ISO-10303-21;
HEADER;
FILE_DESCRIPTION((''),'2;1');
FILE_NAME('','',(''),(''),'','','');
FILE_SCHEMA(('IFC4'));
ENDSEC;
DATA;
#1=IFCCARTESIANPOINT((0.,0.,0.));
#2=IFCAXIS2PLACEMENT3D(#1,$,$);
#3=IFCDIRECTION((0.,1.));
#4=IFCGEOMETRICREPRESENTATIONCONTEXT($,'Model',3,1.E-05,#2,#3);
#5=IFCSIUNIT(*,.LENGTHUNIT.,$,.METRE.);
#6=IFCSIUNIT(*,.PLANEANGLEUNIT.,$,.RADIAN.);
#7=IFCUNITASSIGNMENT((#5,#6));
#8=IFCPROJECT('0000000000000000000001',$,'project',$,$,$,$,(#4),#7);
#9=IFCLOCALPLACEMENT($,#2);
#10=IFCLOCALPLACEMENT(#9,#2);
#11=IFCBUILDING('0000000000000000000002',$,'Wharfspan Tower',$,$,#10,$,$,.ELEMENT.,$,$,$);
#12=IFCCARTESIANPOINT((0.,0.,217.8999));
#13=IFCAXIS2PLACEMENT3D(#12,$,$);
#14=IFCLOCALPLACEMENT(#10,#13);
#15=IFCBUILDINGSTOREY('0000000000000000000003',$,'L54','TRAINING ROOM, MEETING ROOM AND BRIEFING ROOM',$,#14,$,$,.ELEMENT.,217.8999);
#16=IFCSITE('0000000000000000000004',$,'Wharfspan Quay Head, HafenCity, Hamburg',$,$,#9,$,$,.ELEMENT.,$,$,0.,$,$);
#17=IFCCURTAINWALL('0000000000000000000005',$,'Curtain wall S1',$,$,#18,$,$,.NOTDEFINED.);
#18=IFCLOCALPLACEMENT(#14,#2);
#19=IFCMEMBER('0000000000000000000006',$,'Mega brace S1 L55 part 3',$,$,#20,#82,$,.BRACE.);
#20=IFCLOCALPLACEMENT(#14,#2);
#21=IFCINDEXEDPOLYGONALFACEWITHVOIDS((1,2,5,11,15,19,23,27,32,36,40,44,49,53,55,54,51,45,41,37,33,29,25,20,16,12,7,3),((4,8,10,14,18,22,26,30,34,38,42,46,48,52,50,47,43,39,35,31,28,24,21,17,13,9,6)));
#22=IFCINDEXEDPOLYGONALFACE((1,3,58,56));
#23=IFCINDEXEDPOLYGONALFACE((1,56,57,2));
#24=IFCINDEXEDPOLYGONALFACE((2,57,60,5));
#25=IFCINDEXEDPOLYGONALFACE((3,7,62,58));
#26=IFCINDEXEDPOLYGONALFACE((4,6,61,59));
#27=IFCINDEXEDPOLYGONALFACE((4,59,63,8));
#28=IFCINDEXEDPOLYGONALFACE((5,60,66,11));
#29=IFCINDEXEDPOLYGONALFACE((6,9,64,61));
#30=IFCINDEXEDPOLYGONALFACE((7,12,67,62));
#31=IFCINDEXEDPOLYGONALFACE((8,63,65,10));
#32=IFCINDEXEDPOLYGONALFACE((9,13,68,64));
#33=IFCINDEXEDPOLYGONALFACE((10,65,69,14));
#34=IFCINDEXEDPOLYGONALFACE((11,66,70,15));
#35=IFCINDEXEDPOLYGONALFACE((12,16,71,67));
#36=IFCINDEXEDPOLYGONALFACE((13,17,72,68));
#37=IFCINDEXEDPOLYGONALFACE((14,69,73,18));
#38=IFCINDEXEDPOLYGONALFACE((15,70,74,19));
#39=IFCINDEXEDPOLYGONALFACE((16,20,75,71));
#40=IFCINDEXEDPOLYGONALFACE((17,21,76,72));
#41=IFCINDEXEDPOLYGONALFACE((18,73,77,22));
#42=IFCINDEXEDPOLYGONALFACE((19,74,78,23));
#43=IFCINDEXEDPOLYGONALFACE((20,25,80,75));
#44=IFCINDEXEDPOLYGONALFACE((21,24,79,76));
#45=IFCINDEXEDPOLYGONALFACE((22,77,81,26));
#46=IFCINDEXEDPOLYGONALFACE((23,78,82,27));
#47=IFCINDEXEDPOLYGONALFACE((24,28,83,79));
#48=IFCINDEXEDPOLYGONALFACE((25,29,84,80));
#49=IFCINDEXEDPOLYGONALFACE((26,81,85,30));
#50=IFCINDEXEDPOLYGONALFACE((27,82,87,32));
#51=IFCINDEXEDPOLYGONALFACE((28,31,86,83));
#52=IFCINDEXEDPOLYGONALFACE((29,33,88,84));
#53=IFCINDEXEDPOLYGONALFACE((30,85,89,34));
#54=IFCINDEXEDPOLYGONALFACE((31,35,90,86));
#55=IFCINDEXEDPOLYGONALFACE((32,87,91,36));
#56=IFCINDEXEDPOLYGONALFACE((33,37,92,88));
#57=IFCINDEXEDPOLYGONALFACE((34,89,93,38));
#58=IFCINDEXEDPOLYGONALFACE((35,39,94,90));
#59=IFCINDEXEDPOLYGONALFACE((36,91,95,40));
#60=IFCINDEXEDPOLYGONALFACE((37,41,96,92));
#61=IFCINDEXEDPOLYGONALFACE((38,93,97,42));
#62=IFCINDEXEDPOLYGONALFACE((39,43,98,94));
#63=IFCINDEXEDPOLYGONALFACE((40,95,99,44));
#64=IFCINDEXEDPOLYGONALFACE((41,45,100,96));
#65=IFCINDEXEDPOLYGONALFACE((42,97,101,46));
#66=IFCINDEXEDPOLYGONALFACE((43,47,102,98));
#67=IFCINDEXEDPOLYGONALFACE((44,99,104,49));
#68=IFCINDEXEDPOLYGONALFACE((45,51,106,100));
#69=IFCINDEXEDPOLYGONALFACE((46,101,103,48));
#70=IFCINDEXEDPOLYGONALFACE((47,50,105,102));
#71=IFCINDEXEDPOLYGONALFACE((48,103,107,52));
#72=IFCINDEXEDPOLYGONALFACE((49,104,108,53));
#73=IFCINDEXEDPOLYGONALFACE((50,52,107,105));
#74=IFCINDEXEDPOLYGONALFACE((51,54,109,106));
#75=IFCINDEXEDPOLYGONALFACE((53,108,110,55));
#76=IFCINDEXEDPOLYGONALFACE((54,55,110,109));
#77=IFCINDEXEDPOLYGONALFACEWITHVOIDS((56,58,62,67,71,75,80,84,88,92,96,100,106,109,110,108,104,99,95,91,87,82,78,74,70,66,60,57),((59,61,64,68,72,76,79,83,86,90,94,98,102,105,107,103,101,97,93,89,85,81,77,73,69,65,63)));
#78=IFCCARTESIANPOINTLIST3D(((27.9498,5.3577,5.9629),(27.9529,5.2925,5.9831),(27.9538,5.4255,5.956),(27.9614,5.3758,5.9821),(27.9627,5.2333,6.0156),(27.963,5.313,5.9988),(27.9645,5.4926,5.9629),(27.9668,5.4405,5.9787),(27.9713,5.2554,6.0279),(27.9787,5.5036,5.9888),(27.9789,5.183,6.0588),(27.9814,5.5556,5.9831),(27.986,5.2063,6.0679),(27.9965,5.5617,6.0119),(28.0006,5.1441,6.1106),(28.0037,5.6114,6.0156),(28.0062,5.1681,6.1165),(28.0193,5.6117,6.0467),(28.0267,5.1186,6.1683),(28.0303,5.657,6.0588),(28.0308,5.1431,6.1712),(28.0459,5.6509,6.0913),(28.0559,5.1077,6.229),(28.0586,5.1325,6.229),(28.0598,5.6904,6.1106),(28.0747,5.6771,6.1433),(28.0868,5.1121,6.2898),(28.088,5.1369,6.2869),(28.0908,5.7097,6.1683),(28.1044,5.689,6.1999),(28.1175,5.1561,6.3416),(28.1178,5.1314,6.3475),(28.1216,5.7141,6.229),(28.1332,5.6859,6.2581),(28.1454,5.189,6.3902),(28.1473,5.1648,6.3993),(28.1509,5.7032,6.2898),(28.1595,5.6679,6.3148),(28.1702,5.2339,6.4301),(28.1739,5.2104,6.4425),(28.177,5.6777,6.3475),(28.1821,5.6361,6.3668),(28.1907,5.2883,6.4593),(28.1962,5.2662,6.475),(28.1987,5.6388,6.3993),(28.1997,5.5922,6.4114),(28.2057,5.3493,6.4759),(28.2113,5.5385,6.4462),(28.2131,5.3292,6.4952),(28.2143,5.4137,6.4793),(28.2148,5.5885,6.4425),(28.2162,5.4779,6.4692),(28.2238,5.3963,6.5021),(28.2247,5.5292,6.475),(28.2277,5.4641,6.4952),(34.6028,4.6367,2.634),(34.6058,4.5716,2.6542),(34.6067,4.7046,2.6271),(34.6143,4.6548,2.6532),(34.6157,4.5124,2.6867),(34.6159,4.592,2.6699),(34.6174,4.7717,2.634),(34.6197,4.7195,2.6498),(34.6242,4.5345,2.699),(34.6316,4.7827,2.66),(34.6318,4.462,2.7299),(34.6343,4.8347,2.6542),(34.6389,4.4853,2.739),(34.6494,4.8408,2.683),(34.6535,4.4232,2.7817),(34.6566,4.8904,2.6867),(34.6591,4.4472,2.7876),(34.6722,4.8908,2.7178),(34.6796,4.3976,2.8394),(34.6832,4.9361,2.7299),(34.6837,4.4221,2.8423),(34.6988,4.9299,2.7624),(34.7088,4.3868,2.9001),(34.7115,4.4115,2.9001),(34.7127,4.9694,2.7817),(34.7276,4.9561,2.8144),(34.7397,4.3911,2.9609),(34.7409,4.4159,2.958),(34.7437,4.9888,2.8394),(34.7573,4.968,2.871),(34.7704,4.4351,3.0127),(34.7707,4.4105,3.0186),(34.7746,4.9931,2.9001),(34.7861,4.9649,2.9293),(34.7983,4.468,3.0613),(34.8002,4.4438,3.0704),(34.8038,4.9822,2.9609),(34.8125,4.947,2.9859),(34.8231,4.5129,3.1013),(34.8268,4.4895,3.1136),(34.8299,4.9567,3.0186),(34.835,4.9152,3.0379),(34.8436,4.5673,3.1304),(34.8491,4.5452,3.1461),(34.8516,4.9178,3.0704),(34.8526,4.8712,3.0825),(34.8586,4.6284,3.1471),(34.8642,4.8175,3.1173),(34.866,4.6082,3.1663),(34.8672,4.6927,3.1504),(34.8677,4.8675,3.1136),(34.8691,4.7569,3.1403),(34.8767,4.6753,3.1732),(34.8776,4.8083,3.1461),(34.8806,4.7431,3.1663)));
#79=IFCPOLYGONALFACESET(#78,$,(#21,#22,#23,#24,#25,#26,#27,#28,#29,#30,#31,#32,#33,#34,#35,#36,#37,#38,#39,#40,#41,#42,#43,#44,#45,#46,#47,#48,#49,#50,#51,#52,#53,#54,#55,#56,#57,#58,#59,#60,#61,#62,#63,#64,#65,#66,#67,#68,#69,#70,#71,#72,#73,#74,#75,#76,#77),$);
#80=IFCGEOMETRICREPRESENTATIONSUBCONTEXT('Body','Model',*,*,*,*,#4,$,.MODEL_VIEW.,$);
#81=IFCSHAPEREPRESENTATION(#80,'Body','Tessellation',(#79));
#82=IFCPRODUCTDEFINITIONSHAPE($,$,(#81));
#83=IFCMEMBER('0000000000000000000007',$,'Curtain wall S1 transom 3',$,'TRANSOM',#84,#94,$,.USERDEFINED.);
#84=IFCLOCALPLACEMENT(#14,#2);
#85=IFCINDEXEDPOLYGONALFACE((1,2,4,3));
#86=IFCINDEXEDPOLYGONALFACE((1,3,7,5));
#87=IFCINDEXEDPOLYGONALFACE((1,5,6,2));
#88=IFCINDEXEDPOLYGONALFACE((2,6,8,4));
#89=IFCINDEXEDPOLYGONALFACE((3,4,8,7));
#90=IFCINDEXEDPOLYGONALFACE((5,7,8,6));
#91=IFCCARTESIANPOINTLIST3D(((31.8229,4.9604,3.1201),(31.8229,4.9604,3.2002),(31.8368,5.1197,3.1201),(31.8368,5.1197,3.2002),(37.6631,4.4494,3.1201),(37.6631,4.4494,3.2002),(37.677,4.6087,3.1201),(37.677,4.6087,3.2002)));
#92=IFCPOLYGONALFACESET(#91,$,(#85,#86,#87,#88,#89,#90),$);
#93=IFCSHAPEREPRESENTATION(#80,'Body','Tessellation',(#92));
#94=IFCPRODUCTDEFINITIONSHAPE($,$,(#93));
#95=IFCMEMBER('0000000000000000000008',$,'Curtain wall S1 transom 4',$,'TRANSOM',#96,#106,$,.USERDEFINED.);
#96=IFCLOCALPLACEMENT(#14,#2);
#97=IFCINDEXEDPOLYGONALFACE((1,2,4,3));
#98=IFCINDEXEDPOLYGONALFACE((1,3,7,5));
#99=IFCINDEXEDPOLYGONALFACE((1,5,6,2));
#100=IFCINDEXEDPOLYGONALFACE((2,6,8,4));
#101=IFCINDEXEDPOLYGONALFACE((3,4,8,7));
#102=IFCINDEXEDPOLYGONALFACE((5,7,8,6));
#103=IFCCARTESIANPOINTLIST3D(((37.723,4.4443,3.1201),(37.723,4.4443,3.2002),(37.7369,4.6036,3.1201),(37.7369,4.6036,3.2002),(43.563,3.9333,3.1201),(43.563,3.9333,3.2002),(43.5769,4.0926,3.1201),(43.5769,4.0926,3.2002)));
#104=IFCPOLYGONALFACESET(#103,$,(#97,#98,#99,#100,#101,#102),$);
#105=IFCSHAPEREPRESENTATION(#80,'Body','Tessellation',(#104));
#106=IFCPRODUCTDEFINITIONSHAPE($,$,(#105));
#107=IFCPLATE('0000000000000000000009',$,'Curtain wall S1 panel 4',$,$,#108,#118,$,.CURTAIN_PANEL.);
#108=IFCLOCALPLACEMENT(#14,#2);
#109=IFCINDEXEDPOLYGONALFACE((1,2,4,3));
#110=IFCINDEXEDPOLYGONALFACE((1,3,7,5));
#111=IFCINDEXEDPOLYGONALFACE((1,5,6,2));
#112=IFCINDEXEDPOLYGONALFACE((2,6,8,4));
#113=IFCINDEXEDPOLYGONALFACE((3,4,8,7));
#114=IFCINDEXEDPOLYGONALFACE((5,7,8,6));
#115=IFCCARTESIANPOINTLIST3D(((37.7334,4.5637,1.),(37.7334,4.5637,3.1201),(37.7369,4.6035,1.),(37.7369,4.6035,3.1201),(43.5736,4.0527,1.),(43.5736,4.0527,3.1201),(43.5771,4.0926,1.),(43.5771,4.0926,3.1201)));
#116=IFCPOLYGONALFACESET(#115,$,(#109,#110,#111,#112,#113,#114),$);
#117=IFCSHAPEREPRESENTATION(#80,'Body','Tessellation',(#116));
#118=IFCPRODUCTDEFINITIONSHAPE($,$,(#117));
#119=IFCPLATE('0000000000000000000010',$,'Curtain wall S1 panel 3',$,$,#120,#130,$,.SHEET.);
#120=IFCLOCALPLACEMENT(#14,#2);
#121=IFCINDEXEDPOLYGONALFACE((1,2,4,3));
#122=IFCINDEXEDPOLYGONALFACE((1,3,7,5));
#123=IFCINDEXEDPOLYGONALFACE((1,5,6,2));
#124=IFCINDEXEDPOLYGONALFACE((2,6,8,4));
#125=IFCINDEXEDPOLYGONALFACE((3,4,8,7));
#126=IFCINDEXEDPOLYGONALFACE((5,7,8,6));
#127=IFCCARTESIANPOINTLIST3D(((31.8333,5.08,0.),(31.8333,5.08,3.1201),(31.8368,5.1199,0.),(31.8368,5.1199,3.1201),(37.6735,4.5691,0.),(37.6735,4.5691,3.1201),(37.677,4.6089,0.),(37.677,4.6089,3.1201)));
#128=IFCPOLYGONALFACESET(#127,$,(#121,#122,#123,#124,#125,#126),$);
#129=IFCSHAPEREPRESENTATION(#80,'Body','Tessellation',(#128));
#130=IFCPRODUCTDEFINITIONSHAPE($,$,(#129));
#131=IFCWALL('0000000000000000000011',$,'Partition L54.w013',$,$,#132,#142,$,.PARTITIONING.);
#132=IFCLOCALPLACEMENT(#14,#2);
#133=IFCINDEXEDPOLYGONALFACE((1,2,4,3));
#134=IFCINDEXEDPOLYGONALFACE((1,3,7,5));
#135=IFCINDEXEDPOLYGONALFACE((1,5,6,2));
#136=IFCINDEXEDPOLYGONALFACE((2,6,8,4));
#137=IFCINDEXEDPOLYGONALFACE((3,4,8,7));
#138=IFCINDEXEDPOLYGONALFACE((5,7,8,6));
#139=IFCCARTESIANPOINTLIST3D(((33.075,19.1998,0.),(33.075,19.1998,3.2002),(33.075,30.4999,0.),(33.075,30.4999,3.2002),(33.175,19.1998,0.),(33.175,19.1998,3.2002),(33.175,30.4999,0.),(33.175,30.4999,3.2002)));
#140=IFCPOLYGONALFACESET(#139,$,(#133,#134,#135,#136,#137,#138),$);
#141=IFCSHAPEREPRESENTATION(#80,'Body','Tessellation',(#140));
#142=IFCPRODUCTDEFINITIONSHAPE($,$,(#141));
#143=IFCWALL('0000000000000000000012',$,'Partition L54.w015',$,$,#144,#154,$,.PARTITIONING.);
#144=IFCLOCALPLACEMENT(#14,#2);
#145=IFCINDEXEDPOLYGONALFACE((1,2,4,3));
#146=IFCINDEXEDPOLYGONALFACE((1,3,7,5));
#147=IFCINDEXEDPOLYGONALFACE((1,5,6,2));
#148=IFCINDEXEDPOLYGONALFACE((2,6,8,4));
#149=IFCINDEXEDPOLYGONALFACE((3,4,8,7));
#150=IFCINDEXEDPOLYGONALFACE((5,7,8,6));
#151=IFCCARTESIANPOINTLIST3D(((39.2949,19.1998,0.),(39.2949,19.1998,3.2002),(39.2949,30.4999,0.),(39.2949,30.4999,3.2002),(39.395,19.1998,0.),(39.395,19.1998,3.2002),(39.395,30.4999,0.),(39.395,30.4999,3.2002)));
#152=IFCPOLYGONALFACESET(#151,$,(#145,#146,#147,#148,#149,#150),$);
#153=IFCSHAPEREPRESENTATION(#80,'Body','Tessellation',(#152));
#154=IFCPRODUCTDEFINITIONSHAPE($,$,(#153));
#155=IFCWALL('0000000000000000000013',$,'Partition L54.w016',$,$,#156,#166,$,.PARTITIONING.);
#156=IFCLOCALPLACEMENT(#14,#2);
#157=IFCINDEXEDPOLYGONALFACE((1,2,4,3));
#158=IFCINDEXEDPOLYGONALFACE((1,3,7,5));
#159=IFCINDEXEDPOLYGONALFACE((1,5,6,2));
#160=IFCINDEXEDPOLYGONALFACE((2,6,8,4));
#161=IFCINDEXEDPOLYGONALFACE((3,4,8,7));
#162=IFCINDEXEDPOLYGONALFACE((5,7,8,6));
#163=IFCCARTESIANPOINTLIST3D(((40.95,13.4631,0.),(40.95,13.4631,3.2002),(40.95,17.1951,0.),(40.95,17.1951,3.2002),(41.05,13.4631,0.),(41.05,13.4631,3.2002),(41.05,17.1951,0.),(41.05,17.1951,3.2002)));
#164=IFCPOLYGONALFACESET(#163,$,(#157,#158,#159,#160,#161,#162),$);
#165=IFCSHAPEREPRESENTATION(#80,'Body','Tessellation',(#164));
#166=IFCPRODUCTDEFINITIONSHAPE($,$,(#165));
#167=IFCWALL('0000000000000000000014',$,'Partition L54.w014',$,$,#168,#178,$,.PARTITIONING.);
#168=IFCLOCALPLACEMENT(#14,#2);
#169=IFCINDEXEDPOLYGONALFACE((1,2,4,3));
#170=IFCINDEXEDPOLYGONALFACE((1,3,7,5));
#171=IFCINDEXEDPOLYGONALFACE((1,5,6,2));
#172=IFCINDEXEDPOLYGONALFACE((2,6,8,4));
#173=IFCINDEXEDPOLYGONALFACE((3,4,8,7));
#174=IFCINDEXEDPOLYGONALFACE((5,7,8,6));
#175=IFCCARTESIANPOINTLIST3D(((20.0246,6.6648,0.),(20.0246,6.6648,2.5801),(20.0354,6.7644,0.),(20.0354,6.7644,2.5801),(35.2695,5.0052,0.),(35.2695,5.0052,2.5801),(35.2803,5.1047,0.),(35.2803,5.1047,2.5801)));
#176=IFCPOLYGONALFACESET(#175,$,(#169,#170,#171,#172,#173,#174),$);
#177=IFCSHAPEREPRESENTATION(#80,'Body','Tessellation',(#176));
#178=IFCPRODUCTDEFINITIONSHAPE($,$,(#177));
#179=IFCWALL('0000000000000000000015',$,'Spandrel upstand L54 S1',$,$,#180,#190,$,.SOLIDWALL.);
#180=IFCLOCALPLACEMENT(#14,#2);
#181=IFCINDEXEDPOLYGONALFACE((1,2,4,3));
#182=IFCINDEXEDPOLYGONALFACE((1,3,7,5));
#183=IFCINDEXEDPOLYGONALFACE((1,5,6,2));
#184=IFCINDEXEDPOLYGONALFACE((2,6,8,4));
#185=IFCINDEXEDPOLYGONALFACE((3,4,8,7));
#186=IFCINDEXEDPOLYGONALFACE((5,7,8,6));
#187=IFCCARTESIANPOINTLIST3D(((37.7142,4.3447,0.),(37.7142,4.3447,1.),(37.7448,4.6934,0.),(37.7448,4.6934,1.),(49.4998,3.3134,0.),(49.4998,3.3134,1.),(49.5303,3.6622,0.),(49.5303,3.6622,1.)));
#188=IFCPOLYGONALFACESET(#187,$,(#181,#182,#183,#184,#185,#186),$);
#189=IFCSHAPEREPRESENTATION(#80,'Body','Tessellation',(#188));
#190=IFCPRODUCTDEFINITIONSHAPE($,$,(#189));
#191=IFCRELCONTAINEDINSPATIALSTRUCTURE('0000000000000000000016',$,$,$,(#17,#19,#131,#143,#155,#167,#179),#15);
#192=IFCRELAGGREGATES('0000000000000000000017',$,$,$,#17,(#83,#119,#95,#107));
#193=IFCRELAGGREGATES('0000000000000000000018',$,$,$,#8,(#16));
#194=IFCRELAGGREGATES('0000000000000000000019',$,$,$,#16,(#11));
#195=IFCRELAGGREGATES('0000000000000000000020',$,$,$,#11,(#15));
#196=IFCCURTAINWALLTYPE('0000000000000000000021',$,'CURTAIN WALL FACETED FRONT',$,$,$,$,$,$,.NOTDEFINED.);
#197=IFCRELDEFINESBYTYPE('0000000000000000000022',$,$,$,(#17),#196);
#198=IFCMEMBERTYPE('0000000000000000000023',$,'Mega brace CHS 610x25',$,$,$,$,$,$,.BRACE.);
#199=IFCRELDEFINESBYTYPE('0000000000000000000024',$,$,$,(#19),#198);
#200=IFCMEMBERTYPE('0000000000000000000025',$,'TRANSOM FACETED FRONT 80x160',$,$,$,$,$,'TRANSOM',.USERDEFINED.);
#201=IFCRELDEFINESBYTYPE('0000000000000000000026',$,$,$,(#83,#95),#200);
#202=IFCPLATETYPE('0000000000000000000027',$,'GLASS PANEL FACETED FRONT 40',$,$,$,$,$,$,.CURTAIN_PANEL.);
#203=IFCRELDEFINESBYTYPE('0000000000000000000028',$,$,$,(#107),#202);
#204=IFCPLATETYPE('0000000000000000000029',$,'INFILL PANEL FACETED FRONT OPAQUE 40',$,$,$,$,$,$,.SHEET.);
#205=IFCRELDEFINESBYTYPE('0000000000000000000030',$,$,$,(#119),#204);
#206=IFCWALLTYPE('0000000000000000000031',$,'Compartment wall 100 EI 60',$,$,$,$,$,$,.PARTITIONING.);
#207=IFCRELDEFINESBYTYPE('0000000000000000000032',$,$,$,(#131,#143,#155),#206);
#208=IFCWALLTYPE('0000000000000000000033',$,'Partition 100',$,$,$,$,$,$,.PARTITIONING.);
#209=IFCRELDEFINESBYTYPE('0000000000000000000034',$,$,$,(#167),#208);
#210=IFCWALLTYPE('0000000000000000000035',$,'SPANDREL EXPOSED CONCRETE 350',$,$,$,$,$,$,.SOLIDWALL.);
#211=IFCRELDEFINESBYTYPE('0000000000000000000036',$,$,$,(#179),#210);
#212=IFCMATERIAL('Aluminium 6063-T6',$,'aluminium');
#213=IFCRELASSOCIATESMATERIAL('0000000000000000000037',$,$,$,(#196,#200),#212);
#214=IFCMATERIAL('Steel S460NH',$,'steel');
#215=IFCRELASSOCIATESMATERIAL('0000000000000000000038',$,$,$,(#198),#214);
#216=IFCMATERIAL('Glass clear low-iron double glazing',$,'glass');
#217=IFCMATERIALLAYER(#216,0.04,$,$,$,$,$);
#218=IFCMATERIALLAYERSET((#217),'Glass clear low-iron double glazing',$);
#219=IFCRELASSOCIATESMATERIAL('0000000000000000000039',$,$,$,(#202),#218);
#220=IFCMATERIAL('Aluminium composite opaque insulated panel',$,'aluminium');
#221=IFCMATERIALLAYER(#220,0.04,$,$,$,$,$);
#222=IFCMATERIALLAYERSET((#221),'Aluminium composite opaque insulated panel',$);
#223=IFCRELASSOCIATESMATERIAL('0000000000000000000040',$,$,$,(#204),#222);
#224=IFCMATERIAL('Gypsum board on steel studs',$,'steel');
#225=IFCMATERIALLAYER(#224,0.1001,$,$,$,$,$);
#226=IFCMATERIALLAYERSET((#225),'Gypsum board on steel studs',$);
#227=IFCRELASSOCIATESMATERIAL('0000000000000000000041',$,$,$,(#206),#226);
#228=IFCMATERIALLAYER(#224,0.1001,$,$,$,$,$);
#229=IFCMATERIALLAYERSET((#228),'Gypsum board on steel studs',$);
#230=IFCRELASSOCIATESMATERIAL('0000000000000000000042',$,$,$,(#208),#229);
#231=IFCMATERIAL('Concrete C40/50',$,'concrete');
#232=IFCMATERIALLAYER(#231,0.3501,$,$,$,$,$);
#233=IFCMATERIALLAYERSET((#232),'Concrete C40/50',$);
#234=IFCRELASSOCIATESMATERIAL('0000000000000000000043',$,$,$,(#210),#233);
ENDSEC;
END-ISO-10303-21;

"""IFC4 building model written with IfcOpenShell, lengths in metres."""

from ifc_helpers import new_model, si_unit, direction, frame, frame_2d, origin, origin_2d, place, context, subcontext, project, spatial, rectangle, hollow_circle, extrude, material, layer, layer_set, material_profile, profile_set, type_object, element, aggregate, save


model = new_model("IFC4")

# Units and contexts
model_context = context("Model", 3, precision=1e-05, world=origin(), true_north=direction((0.0, 1.0)))
body_context = subcontext(model_context, "Body", "Model", "MODEL_VIEW")
ifc_project = project(units=[si_unit("LENGTHUNIT", "METRE"), si_unit("PLANEANGLEUNIT", "RADIAN")], contexts=[model_context])

# Site, building, storey
site_placement = place(None, origin())
site = spatial("IfcSite", under=ifc_project, at=site_placement, Name="Wharfspan Quay Head, HafenCity, Hamburg", CompositionType="ELEMENT", RefElevation=0.0)
building_placement = place(site_placement, origin())
building = spatial("IfcBuilding", under=site, at=building_placement, Name="Wharfspan Tower", CompositionType="ELEMENT")
storey_placement = place(building_placement, frame((0.0, 0.0, 217.8999)))
storey = spatial("IfcBuildingStorey", under=building, at=storey_placement, Name="L54", Description="TRAINING ROOM, MEETING ROOM AND BRIEFING ROOM", CompositionType="ELEMENT", Elevation=217.8999)

# Curtain wall
ifc_material_1 = material(Name="Aluminium 6063-T6", Category="aluminium")
curtain_wall_type = type_object("IfcCurtainWallType", Name="CURTAIN WALL FACETED FRONT", PredefinedType="NOTDEFINED", material=ifc_material_1)
curtain_wall_placement = place(storey_placement, origin())
curtain_wall = element("IfcCurtainWall", 1, at=curtain_wall_placement, inside=storey, type_object=curtain_wall_type, Name="Curtain wall S1", PredefinedType="NOTDEFINED")

# Members
ifc_material_2 = material(Name="Steel S460NH", Category="steel")
ifc_material_profile_1 = material_profile(ifc_material_2, hollow_circle(Radius=0.3049, WallThickness=0.0249, at=origin_2d()))
ifc_profile_set_1 = profile_set([ifc_material_profile_1], Name="Steel S460NH")
member_type_1 = type_object("IfcMemberType", Name="Mega brace CHS 610x25", PredefinedType="BRACE", material=ifc_profile_set_1)
member_1_placement = place(storey_placement, frame((34.7417, 4.6899, 2.9001), z_axis=(-0.890126, 0.09646, 0.445389), x_axis=(-0.107737, -0.99418, -0.000002)))
element("IfcMember", 2, at=member_1_placement, inside=storey, type_object=member_type_1, Name="Mega brace S1 L55 part 3", PredefinedType="BRACE", context=body_context, shape_type="SweptSolid", body=[
    extrude(hollow_circle(Radius=0.3049, WallThickness=0.0249, at=origin_2d()), origin(), (0.0, 0.0, 1.0), 7.4741),
])
ifc_material_profile_2 = material_profile(ifc_material_1, rectangle(XDim=0.1599, YDim=0.0801, at=origin_2d()))
ifc_profile_set_2 = profile_set([ifc_material_profile_2], Name="Aluminium 6063-T6")
member_type_2 = type_object("IfcMemberType", Name="TRANSOM FACETED FRONT 80x160", ElementType="TRANSOM", PredefinedType="USERDEFINED", material=ifc_profile_set_2)
member_2_placement = place(storey_placement, frame((31.8298, 5.04, 3.1602), z_axis=(0.996194, -0.08716, 0.0), x_axis=(0.08716, 0.996194, 0.0)))
member_2 = element("IfcMember", 3, at=member_2_placement, type_object=member_type_2, Name="Curtain wall S1 transom 3", ObjectType="TRANSOM", PredefinedType="USERDEFINED", context=body_context, shape_type="SweptSolid", body=[
    extrude(rectangle(XDim=0.1599, YDim=0.0801, at=origin_2d()), origin(), (0.0, 0.0, 1.0), 5.8625),
])
member_3_placement = place(storey_placement, frame((37.73, 4.5239, 3.1602), z_axis=(0.996194, -0.087163, 0.0), x_axis=(0.087163, 0.996194, 0.0)))
member_3 = element("IfcMember", 4, at=member_3_placement, type_object=member_type_2, Name="Curtain wall S1 transom 4", ObjectType="TRANSOM", PredefinedType="USERDEFINED", context=body_context, shape_type="SweptSolid", body=[
    extrude(rectangle(XDim=0.1599, YDim=0.0801, at=origin_2d()), origin(), (0.0, 0.0, 1.0), 5.8623),
])

# Plates
ifc_material_3 = material(Name="Glass clear low-iron double glazing", Category="glass")
ifc_layer_1 = layer(ifc_material_3, 0.04)
ifc_layer_set_1 = layer_set([ifc_layer_1], Name="Glass clear low-iron double glazing")
plate_type_1 = type_object("IfcPlateType", Name="GLASS PANEL FACETED FRONT 40", PredefinedType="CURTAIN_PANEL", material=ifc_layer_set_1)
plate_1_placement = place(storey_placement, frame((40.6553, 4.3281, 1.0), z_axis=(0.0, 0.0, 1.0), x_axis=(0.996197, -0.087156, 0.0)))
plate_1 = element("IfcPlate", 5, at=plate_1_placement, type_object=plate_type_1, Name="Curtain wall S1 panel 4", PredefinedType="CURTAIN_PANEL", context=body_context, shape_type="SweptSolid", body=[
    extrude(rectangle(XDim=5.8625, YDim=0.04, at=origin_2d()), origin(), (0.0, 0.0, 1.0), 2.1201),
])
ifc_material_4 = material(Name="Aluminium composite opaque insulated panel", Category="aluminium")
ifc_layer_2 = layer(ifc_material_4, 0.04)
ifc_layer_set_2 = layer_set([ifc_layer_2], Name="Aluminium composite opaque insulated panel")
plate_type_2 = type_object("IfcPlateType", Name="INFILL PANEL FACETED FRONT OPAQUE 40", PredefinedType="SHEET", material=ifc_layer_set_2)
plate_2_placement = place(storey_placement, frame((34.7551, 4.8445, 0.0), z_axis=(0.0, 0.0, 1.0), x_axis=(0.996197, -0.087156, 0.0)))
plate_2 = element("IfcPlate", 6, at=plate_2_placement, type_object=plate_type_2, Name="Curtain wall S1 panel 3", PredefinedType="SHEET", context=body_context, shape_type="SweptSolid", body=[
    extrude(rectangle(XDim=5.8625, YDim=0.04, at=origin_2d()), origin(), (0.0, 0.0, 1.0), 3.1201),
])
aggregate(curtain_wall, [member_2, plate_2, member_3, plate_1])

# Walls
ifc_material_5 = material(Name="Gypsum board on steel studs", Category="steel")
ifc_layer_3 = layer(ifc_material_5, 0.1001)
ifc_layer_set_3 = layer_set([ifc_layer_3], Name="Gypsum board on steel studs")
wall_type_1 = type_object("IfcWallType", Name="Compartment wall 100 EI 60", PredefinedType="PARTITIONING", material=ifc_layer_set_3)
for number, where, z_axis, x_axis, name in (
    (7, (33.125, 19.2, 0.0), (0.0, 0.0, 1.0), (0.0, 1.0, 0.0), "Partition L54.w013"),
    (8, (39.345, 19.2, 0.0), (0.0, 0.0, 1.0), (0.0, 1.0, 0.0), "Partition L54.w015"),
):
    element("IfcWall", number, at=place(storey_placement, frame(where, z_axis=z_axis, x_axis=x_axis)), inside=storey, type_object=wall_type_1, Name=name, PredefinedType="PARTITIONING", context=body_context, shape_type="SweptSolid", body=[
        extrude(rectangle(XDim=11.3, YDim=0.1001, at=frame_2d((5.6499, 0.0))), origin(), (0.0, 0.0, 1.0), 3.2002),
    ])
wall_1_placement = place(storey_placement, frame((41.0, 13.4631, 0.0), z_axis=(0.0, 0.0, 1.0), x_axis=(0.0, 1.0, 0.0)))
element("IfcWall", 9, at=wall_1_placement, inside=storey, type_object=wall_type_1, Name="Partition L54.w016", PredefinedType="PARTITIONING", context=body_context, shape_type="SweptSolid", body=[
    extrude(rectangle(XDim=3.7319, YDim=0.1001, at=frame_2d((1.866, 0.0))), origin(), (0.0, 0.0, 1.0), 3.2002),
])
ifc_layer_4 = layer(ifc_material_5, 0.1001)
ifc_layer_set_4 = layer_set([ifc_layer_4], Name="Gypsum board on steel studs")
wall_type_2 = type_object("IfcWallType", Name="Partition 100", PredefinedType="PARTITIONING", material=ifc_layer_set_4)
wall_2_placement = place(storey_placement, frame((35.2749, 5.0549, 0.0), z_axis=(0.0, 0.0, 1.0), x_axis=(-0.994128, 0.108228, 0.0)))
element("IfcWall", 10, at=wall_2_placement, inside=storey, type_object=wall_type_2, Name="Partition L54.w014", PredefinedType="PARTITIONING", context=body_context, shape_type="SweptSolid", body=[
    extrude(rectangle(XDim=15.335, YDim=0.1001, at=frame_2d((7.6675, 0.0))), origin(), (0.0, 0.0, 1.0), 2.5801),
])
ifc_material_6 = material(Name="Concrete C40/50", Category="concrete")
ifc_layer_5 = layer(ifc_material_6, 0.3501)
ifc_layer_set_5 = layer_set([ifc_layer_5], Name="Concrete C40/50")
wall_type_3 = type_object("IfcWallType", Name="SPANDREL EXPOSED CONCRETE 350", PredefinedType="SOLIDWALL", material=ifc_layer_set_5)
wall_3_placement = place(storey_placement, frame((37.7295, 4.519, 0.0), z_axis=(0.0, 0.0, 1.0), x_axis=(0.99619, -0.087167, 0.0)))
element("IfcWall", 11, at=wall_3_placement, inside=storey, type_object=wall_type_3, Name="Spandrel upstand L54 S1", PredefinedType="SOLIDWALL", context=body_context, shape_type="SweptSolid", body=[
    extrude(rectangle(XDim=11.8306, YDim=0.3501, at=frame_2d((5.9153, 0.0))), origin(), (0.0, 0.0, 1.0), 1.0),
])

save(model, "model.ifc")
